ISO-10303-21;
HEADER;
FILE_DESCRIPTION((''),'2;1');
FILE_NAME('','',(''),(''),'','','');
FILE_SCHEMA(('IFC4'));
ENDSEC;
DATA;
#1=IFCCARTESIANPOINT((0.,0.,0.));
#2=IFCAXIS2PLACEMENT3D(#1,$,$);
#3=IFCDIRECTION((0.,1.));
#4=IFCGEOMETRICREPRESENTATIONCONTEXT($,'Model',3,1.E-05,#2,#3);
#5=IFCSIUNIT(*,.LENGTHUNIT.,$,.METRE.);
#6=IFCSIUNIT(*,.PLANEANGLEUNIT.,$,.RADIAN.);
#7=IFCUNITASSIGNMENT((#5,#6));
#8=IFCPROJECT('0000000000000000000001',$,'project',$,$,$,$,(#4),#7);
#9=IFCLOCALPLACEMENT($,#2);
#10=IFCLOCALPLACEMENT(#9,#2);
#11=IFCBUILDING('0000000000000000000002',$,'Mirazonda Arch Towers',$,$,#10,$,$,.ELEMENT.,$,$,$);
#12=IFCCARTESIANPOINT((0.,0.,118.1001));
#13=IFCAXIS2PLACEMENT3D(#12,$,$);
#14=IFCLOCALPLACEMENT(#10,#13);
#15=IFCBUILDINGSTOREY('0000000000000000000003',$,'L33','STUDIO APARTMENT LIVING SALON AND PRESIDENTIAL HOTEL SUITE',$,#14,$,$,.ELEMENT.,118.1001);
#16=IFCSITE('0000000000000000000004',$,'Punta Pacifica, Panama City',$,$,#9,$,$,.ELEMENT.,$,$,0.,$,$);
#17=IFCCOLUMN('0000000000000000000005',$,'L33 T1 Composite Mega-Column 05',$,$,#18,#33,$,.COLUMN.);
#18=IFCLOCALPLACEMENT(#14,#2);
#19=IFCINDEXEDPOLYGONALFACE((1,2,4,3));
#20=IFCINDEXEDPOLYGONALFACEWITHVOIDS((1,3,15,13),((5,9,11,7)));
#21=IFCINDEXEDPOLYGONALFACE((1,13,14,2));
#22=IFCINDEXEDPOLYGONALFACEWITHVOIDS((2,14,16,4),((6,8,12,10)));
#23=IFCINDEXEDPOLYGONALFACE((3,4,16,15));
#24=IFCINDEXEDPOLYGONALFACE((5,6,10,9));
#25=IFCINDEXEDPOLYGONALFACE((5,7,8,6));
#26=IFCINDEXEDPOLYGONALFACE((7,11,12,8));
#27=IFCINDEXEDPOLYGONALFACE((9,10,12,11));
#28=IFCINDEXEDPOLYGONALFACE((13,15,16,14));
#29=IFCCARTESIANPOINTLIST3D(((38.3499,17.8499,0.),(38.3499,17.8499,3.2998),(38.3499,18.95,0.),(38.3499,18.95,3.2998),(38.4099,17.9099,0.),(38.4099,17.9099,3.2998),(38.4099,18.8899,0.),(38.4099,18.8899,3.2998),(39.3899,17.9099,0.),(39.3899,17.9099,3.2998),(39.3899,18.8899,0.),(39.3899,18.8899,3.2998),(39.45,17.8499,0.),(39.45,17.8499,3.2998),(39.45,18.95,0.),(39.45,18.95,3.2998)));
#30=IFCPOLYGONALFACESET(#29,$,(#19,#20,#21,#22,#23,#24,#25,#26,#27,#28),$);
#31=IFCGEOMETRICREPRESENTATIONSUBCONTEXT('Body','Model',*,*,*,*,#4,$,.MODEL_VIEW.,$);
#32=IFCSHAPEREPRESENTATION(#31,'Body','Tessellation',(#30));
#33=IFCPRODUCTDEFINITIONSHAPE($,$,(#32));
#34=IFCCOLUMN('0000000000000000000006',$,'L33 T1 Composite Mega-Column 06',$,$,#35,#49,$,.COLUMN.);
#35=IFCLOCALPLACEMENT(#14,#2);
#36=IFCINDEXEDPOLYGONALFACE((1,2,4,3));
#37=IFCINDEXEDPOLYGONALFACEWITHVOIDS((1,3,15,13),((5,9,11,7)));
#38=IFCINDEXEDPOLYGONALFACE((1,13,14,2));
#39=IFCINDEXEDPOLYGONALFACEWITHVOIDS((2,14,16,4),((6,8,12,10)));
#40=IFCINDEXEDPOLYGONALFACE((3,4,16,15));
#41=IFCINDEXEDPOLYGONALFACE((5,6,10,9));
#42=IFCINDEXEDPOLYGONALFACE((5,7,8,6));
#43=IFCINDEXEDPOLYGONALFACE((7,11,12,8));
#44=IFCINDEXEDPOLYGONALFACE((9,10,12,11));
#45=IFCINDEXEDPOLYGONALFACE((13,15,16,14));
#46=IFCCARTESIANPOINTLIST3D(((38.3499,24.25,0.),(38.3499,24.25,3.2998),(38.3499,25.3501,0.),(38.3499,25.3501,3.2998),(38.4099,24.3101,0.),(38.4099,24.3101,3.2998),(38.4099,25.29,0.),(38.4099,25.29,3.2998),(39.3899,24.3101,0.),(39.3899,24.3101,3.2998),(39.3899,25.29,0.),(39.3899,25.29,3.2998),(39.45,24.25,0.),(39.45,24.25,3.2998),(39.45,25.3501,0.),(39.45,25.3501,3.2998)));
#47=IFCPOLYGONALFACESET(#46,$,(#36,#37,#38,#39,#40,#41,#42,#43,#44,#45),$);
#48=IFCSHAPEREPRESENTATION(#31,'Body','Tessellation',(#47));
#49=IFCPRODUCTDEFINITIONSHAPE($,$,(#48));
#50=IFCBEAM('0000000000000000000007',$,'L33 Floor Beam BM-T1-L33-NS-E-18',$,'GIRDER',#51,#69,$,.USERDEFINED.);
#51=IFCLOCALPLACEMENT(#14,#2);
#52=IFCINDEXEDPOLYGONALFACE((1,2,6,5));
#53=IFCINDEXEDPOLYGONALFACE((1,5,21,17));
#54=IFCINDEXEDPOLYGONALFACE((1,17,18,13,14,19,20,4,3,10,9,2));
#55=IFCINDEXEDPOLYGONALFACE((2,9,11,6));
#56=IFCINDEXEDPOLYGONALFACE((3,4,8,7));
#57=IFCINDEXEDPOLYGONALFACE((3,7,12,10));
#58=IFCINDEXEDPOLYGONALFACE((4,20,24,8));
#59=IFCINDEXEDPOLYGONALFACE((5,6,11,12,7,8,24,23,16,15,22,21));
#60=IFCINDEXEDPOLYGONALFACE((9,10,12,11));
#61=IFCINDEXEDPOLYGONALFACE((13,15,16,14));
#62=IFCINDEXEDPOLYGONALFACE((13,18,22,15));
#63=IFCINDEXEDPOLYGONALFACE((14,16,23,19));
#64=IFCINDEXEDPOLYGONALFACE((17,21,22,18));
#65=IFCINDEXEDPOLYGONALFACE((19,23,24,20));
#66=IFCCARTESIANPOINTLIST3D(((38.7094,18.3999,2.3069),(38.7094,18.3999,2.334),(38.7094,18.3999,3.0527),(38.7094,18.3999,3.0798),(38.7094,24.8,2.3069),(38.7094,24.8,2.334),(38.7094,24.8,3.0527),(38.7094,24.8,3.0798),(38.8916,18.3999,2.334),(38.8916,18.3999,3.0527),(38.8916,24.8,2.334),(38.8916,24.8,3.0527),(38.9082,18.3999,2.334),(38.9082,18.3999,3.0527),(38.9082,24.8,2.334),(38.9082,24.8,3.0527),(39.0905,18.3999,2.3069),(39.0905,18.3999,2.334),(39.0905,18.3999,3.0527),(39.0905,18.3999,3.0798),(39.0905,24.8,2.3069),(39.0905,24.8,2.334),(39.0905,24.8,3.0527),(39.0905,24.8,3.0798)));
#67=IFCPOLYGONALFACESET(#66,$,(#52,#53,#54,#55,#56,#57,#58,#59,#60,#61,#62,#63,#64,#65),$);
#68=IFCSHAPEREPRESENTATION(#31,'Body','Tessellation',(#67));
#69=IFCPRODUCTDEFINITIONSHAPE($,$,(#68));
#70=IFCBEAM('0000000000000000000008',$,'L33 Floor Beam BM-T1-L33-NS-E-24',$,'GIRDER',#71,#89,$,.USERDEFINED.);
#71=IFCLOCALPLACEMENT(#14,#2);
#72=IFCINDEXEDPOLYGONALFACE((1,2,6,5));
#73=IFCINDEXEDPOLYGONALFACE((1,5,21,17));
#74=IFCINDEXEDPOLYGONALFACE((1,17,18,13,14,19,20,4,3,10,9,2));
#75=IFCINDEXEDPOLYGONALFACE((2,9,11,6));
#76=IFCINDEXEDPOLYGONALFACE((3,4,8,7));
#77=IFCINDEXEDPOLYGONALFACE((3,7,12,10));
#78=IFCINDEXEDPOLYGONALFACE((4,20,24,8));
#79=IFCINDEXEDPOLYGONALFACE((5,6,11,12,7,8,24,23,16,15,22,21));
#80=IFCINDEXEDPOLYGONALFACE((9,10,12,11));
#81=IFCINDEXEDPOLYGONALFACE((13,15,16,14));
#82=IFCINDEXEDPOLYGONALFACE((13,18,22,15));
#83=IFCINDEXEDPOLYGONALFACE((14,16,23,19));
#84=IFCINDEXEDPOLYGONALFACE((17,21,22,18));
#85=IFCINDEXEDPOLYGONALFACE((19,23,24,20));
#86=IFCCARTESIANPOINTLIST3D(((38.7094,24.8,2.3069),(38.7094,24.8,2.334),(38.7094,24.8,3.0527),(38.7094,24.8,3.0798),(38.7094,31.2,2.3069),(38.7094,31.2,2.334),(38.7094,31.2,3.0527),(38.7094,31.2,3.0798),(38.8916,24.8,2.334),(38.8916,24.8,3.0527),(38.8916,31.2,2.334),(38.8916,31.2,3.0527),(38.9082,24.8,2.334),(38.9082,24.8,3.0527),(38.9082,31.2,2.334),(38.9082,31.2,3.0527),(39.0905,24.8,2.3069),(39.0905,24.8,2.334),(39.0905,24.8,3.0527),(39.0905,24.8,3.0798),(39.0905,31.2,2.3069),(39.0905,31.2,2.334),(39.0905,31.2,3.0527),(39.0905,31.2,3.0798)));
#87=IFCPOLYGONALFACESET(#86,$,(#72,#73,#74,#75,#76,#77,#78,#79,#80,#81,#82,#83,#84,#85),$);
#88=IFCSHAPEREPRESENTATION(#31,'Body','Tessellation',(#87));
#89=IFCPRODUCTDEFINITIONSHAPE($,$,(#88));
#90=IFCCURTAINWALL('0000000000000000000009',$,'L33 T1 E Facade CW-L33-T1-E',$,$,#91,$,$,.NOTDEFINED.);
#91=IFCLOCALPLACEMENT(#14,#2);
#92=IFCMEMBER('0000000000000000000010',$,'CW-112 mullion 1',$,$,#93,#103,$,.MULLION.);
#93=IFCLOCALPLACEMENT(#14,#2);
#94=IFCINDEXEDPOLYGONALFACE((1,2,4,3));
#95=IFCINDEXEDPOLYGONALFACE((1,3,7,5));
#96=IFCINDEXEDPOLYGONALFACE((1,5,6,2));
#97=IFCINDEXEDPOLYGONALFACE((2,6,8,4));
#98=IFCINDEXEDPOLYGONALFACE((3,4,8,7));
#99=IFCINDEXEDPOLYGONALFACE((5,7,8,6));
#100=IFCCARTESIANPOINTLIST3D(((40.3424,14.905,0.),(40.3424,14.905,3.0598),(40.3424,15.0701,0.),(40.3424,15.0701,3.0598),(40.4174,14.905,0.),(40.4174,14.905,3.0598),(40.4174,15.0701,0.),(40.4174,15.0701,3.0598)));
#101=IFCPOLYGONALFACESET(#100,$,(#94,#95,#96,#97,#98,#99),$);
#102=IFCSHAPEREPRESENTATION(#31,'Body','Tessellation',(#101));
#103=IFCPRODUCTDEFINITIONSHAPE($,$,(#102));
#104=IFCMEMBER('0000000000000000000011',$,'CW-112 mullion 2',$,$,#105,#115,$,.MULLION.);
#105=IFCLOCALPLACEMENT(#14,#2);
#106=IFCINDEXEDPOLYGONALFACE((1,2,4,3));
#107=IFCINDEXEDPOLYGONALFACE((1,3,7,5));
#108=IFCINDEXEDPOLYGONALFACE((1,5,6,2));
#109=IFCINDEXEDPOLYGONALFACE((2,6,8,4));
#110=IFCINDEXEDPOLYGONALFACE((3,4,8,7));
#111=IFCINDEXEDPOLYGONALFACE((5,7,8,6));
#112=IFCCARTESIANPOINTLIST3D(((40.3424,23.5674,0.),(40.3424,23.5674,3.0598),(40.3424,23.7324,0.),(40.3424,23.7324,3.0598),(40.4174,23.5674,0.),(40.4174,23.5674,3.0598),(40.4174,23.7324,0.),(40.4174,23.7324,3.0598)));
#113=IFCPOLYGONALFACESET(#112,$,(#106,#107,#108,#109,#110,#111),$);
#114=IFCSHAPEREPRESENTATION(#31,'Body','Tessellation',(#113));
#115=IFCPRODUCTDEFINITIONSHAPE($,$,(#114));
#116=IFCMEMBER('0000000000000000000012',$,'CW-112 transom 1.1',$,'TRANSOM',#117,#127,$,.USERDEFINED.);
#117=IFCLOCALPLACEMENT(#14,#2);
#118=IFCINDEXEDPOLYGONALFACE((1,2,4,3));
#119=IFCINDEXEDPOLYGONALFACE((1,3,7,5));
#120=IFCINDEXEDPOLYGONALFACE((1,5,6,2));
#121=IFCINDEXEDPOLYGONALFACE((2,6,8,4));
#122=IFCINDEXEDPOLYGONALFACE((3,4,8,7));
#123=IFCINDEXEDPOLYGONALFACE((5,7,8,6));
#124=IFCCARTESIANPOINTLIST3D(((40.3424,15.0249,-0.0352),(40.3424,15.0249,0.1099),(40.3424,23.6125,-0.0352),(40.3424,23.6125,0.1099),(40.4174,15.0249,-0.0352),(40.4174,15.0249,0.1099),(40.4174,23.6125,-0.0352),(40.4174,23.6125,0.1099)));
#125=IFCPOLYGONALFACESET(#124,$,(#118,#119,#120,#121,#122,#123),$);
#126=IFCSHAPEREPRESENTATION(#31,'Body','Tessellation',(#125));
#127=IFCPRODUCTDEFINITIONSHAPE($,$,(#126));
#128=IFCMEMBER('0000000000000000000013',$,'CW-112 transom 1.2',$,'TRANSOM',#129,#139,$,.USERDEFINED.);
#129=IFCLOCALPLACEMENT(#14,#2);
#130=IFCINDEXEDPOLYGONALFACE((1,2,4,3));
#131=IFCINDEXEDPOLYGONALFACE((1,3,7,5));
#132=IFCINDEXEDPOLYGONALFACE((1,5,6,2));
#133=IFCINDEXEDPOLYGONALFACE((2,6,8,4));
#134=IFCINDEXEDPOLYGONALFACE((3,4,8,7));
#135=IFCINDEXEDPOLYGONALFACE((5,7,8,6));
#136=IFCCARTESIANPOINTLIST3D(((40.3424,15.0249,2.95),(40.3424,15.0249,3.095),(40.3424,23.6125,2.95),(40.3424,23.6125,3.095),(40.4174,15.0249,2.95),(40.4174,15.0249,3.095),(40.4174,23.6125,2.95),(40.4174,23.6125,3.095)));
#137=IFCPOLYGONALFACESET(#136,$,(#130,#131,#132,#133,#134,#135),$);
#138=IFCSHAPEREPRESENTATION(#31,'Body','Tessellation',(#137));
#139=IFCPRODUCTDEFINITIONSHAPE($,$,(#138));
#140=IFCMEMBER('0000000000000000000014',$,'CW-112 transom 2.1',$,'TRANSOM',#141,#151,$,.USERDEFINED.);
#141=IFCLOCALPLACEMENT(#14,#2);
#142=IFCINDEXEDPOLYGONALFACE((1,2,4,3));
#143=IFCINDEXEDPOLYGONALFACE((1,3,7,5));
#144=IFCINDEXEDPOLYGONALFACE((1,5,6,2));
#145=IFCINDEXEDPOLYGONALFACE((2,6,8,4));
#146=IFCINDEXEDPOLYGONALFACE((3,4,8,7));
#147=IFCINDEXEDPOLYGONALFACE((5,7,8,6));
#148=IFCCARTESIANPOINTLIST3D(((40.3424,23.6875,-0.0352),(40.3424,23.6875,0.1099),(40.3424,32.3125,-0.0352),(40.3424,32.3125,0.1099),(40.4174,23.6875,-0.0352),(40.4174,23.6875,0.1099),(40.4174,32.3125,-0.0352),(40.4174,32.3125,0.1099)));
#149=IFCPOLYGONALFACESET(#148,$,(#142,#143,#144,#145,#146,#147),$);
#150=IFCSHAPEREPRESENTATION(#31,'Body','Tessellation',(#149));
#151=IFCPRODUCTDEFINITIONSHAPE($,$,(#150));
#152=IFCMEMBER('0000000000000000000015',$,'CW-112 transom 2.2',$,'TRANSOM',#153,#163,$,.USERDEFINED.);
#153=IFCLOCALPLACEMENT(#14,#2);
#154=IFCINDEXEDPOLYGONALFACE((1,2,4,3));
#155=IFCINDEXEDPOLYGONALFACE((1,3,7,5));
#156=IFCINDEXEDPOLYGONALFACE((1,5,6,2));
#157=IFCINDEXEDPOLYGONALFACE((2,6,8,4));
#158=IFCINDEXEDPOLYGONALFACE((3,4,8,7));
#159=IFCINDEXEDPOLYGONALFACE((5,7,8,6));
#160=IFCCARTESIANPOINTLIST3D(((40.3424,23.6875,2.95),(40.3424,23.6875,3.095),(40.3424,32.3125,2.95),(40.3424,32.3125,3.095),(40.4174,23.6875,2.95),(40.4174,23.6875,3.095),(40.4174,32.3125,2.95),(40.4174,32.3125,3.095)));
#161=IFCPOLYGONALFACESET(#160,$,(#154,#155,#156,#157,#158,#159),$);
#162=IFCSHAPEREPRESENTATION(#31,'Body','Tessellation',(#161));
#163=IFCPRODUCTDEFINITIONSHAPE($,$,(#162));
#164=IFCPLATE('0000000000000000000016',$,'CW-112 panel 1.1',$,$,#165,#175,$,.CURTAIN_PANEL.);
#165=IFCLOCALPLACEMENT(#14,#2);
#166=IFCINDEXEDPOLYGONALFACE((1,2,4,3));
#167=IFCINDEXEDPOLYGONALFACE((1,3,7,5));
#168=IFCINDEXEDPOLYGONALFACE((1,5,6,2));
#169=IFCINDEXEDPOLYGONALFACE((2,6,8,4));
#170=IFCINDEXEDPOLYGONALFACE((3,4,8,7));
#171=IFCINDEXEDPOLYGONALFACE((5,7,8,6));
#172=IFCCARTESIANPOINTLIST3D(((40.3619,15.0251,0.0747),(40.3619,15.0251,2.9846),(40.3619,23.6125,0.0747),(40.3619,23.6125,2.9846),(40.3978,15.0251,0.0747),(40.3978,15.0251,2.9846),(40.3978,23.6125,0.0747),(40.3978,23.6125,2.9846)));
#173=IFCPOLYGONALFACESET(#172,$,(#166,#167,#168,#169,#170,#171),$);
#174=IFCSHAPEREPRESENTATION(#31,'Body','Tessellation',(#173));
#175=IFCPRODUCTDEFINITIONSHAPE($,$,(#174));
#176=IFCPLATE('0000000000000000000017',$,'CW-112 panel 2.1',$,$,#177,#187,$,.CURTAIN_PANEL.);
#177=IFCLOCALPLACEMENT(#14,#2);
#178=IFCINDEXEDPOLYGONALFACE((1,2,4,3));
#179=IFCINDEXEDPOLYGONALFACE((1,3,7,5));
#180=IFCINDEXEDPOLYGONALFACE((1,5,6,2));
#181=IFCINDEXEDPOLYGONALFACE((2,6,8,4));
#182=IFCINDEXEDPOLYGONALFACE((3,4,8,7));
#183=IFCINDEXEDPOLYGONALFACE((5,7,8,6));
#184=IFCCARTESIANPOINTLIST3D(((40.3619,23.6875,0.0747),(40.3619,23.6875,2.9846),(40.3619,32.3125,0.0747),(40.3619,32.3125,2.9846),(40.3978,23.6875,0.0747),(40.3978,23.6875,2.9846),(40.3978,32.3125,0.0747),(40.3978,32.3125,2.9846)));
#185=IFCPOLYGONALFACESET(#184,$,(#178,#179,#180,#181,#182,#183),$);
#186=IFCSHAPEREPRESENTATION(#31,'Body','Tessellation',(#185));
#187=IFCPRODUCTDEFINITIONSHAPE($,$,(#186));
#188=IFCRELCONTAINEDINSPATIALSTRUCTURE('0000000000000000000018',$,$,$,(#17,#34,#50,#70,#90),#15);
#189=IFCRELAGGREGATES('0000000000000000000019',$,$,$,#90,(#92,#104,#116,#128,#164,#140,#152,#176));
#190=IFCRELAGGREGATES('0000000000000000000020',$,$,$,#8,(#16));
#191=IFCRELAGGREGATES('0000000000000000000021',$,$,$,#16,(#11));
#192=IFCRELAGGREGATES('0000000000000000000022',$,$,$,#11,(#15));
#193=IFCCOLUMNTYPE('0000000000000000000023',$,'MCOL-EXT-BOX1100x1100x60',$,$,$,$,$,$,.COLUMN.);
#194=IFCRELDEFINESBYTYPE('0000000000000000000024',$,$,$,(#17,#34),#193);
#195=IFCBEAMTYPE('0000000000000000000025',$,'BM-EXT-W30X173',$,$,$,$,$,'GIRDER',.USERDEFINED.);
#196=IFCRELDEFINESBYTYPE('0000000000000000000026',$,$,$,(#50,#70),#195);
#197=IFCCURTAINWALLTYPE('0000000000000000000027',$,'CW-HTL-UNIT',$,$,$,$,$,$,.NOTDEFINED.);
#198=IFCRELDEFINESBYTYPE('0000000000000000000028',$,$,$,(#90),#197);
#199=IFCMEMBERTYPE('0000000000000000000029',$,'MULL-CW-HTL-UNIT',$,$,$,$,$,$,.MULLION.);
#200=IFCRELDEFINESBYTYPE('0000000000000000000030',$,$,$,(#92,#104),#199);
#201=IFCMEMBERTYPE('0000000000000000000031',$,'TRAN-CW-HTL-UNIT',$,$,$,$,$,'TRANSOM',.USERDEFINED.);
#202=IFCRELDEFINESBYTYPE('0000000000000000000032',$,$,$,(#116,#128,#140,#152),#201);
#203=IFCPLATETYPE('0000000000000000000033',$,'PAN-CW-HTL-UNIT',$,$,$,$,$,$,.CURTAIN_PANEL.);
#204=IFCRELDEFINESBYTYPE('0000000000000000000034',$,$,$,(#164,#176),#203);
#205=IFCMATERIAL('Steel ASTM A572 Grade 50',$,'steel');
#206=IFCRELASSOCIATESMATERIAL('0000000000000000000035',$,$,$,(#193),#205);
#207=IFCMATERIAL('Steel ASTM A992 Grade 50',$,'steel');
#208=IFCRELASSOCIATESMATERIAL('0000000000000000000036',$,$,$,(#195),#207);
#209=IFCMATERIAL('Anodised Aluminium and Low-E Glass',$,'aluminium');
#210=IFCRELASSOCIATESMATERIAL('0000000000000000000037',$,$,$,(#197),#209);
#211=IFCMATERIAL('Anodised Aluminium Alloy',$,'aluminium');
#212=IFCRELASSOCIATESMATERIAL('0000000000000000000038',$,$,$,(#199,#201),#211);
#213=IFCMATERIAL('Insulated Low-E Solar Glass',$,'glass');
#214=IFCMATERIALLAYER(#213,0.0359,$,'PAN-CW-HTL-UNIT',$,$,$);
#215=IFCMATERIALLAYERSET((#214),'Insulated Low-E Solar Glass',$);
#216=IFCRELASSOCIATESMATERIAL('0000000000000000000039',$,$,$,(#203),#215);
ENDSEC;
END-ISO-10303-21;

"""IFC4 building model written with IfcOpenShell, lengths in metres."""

from ifc_helpers import new_model, si_unit, direction, frame, origin, origin_2d, place, context, subcontext, project, spatial, rectangle, hollow_rectangle, i_section, extrude, material, layer, layer_set, material_profile, profile_set, type_object, element, aggregate, save


model = new_model("IFC4")

# Units and contexts
model_context = context("Model", 3, precision=1e-05, world=origin(), true_north=direction((0.0, 1.0)))
body_context = subcontext(model_context, "Body", "Model", "MODEL_VIEW")
ifc_project = project(units=[si_unit("LENGTHUNIT", "METRE"), si_unit("PLANEANGLEUNIT", "RADIAN")], contexts=[model_context])

# Site, building, storey
site_placement = place(None, origin())
site = spatial("IfcSite", under=ifc_project, at=site_placement, Name="Punta Pacifica, Panama City", CompositionType="ELEMENT", RefElevation=0.0)
building_placement = place(site_placement, origin())
building = spatial("IfcBuilding", under=site, at=building_placement, Name="Mirazonda Arch Towers", CompositionType="ELEMENT")
storey_placement = place(building_placement, frame((0.0, 0.0, 118.1001)))
storey = spatial("IfcBuildingStorey", under=building, at=storey_placement, Name="L33", Description="STUDIO APARTMENT LIVING SALON AND PRESIDENTIAL HOTEL SUITE", CompositionType="ELEMENT", Elevation=118.1001)

# Columns
ifc_material_1 = material(Name="Steel ASTM A572 Grade 50", Category="steel")
ifc_material_profile_1 = material_profile(ifc_material_1, hollow_rectangle(XDim=1.1001, YDim=1.1001, WallThickness=0.0601, at=origin_2d()), Name="BOX1100x1100x60")
ifc_profile_set_1 = profile_set([ifc_material_profile_1], Name="Steel ASTM A572 Grade 50")
column_type = type_object("IfcColumnType", Name="MCOL-EXT-BOX1100x1100x60", PredefinedType="COLUMN", material=ifc_profile_set_1)
for number, where, z_axis, x_axis, name in (
    (1, (38.8999, 18.3999, 0.0), (0.0, 0.0, 1.0), (1.0, 0.0, 0.0), "L33 T1 Composite Mega-Column 05"),
    (2, (38.8999, 24.8, 0.0), (0.0, 0.0, 1.0), (1.0, 0.0, 0.0), "L33 T1 Composite Mega-Column 06"),
):
    element("IfcColumn", number, at=place(storey_placement, frame(where, z_axis=z_axis, x_axis=x_axis)), inside=storey, type_object=column_type, Name=name, PredefinedType="COLUMN", context=body_context, shape_type="SweptSolid", body=[
        extrude(hollow_rectangle(XDim=1.1001, YDim=1.1001, WallThickness=0.0601, at=origin_2d()), origin(), (0.0, 0.0, 1.0), 3.2998),
    ])

# Beams
ifc_material_2 = material(Name="Steel ASTM A992 Grade 50", Category="steel")
ifc_material_profile_2 = material_profile(ifc_material_2, i_section(OverallWidth=0.3811, OverallDepth=0.7729, WebThickness=0.0166, FlangeThickness=0.0271, at=origin_2d()), Name="W30X173")
ifc_profile_set_2 = profile_set([ifc_material_profile_2], Name="Steel ASTM A992 Grade 50")
beam_type = type_object("IfcBeamType", Name="BM-EXT-W30X173", ElementType="GIRDER", PredefinedType="USERDEFINED", material=ifc_profile_set_2)
beam_1_placement = place(storey_placement, frame((38.8999, 18.3999, 2.6934), z_axis=(0.0, 1.0, 0.0), x_axis=(-1.0, 0.0, 0.0)))
element("IfcBeam", 3, at=beam_1_placement, inside=storey, type_object=beam_type, Name="L33 Floor Beam BM-T1-L33-NS-E-18", ObjectType="GIRDER", PredefinedType="USERDEFINED", context=body_context, shape_type="SweptSolid", body=[
    extrude(i_section(OverallWidth=0.3811, OverallDepth=0.7729, WebThickness=0.0166, FlangeThickness=0.0271, at=origin_2d()), origin(), (0.0, 0.0, 1.0), 6.4001),
])
beam_2_placement = place(storey_placement, frame((38.8999, 24.8, 2.6934), z_axis=(0.0, 1.0, 0.0), x_axis=(-1.0, 0.0, 0.0)))
element("IfcBeam", 4, at=beam_2_placement, inside=storey, type_object=beam_type, Name="L33 Floor Beam BM-T1-L33-NS-E-24", ObjectType="GIRDER", PredefinedType="USERDEFINED", context=body_context, shape_type="SweptSolid", body=[
    extrude(i_section(OverallWidth=0.3811, OverallDepth=0.7729, WebThickness=0.0166, FlangeThickness=0.0271, at=origin_2d()), origin(), (0.0, 0.0, 1.0), 6.3999),
])

# Curtain wall, members, plates
ifc_material_3 = material(Name="Anodised Aluminium and Low-E Glass", Category="aluminium")
curtain_wall_type = type_object("IfcCurtainWallType", Name="CW-HTL-UNIT", PredefinedType="NOTDEFINED", material=ifc_material_3)
curtain_wall_placement = place(storey_placement, origin())
curtain_wall = element("IfcCurtainWall", 5, at=curtain_wall_placement, inside=storey, type_object=curtain_wall_type, Name="L33 T1 E Facade CW-L33-T1-E", PredefinedType="NOTDEFINED")
ifc_material_4 = material(Name="Anodised Aluminium Alloy", Category="aluminium")
ifc_material_profile_3 = material_profile(ifc_material_4, rectangle(XDim=0.075, YDim=0.165, at=origin_2d()), Name="ALU-MULL-75x165")
ifc_profile_set_3 = profile_set([ifc_material_profile_3], Name="Anodised Aluminium Alloy")
member_type_1 = type_object("IfcMemberType", Name="MULL-CW-HTL-UNIT", PredefinedType="MULLION", material=ifc_profile_set_3)
member_1_placement = place(storey_placement, frame((40.3799, 14.9875, 0.0), z_axis=(0.0, 0.0, 1.0), x_axis=(-1.0, 0.0, 0.0)))
member_1 = element("IfcMember", 6, at=member_1_placement, type_object=member_type_1, Name="CW-112 mullion 1", PredefinedType="MULLION", context=body_context, shape_type="SweptSolid", body=[
    extrude(rectangle(XDim=0.075, YDim=0.165, at=origin_2d()), origin(), (0.0, 0.0, 1.0), 3.0598),
])
member_2_placement = place(storey_placement, frame((40.3799, 23.6499, 0.0), z_axis=(0.0, 0.0, 1.0), x_axis=(-1.0, 0.0, 0.0)))
member_2 = element("IfcMember", 7, at=member_2_placement, type_object=member_type_1, Name="CW-112 mullion 2", PredefinedType="MULLION", context=body_context, shape_type="SweptSolid", body=[
    extrude(rectangle(XDim=0.075, YDim=0.165, at=origin_2d()), origin(), (0.0, 0.0, 1.0), 3.0598),
])
ifc_material_profile_4 = material_profile(ifc_material_4, rectangle(XDim=0.075, YDim=0.145, at=origin_2d()), Name="ALU-TRAN-75x145")
ifc_profile_set_4 = profile_set([ifc_material_profile_4], Name="Anodised Aluminium Alloy")
member_type_2 = type_object("IfcMemberType", Name="TRAN-CW-HTL-UNIT", ElementType="TRANSOM", PredefinedType="USERDEFINED", material=ifc_profile_set_4)
member_3_placement = place(storey_placement, frame((40.3799, 15.0249, 0.0374), z_axis=(0.0, 1.0, 0.0), x_axis=(-1.0, 0.0, 0.0)))
member_3 = element("IfcMember", 8, at=member_3_placement, type_object=member_type_2, Name="CW-112 transom 1.1", ObjectType="TRANSOM", PredefinedType="USERDEFINED", context=body_context, shape_type="SweptSolid", body=[
    extrude(rectangle(XDim=0.075, YDim=0.145, at=origin_2d()), origin(), (0.0, 0.0, 1.0), 8.5876),
])
member_4_placement = place(storey_placement, frame((40.3799, 15.0249, 3.0225), z_axis=(0.0, 1.0, 0.0), x_axis=(-1.0, 0.0, 0.0)))
member_4 = element("IfcMember", 9, at=member_4_placement, type_object=member_type_2, Name="CW-112 transom 1.2", ObjectType="TRANSOM", PredefinedType="USERDEFINED", context=body_context, shape_type="SweptSolid", body=[
    extrude(rectangle(XDim=0.075, YDim=0.145, at=origin_2d()), origin(), (0.0, 0.0, 1.0), 8.5876),
])
member_5_placement = place(storey_placement, frame((40.3799, 23.6875, 0.0374), z_axis=(0.0, 1.0, 0.0), x_axis=(-1.0, 0.0, 0.0)))
member_5 = element("IfcMember", 10, at=member_5_placement, type_object=member_type_2, Name="CW-112 transom 2.1", ObjectType="TRANSOM", PredefinedType="USERDEFINED", context=body_context, shape_type="SweptSolid", body=[
    extrude(rectangle(XDim=0.075, YDim=0.145, at=origin_2d()), origin(), (0.0, 0.0, 1.0), 8.625),
])
member_6_placement = place(storey_placement, frame((40.3799, 23.6875, 3.0225), z_axis=(0.0, 1.0, 0.0), x_axis=(-1.0, 0.0, 0.0)))
member_6 = element("IfcMember", 11, at=member_6_placement, type_object=member_type_2, Name="CW-112 transom 2.2", ObjectType="TRANSOM", PredefinedType="USERDEFINED", context=body_context, shape_type="SweptSolid", body=[
    extrude(rectangle(XDim=0.075, YDim=0.145, at=origin_2d()), origin(), (0.0, 0.0, 1.0), 8.625),
])
ifc_material_5 = material(Name="Insulated Low-E Solar Glass", Category="glass")
ifc_layer_1 = layer(ifc_material_5, 0.0359, Name="PAN-CW-HTL-UNIT")
ifc_layer_set_1 = layer_set([ifc_layer_1], Name="Insulated Low-E Solar Glass")
plate_type = type_object("IfcPlateType", Name="PAN-CW-HTL-UNIT", PredefinedType="CURTAIN_PANEL", material=ifc_layer_set_1)
plate_1_placement = place(storey_placement, frame((40.3799, 19.3188, 0.0747), z_axis=(0.0, 0.0, 1.0), x_axis=(0.0, 1.0, 0.0)))
plate_1 = element("IfcPlate", 12, at=plate_1_placement, type_object=plate_type, Name="CW-112 panel 1.1", PredefinedType="CURTAIN_PANEL", context=body_context, shape_type="SweptSolid", body=[
    extrude(rectangle(XDim=8.5874, YDim=0.0359, at=origin_2d()), origin(), (0.0, 0.0, 1.0), 2.9099),
])
plate_2_placement = place(storey_placement, frame((40.3799, 28.0, 0.0747), z_axis=(0.0, 0.0, 1.0), x_axis=(0.0, 1.0, 0.0)))
plate_2 = element("IfcPlate", 13, at=plate_2_placement, type_object=plate_type, Name="CW-112 panel 2.1", PredefinedType="CURTAIN_PANEL", context=body_context, shape_type="SweptSolid", body=[
    extrude(rectangle(XDim=8.625, YDim=0.0359, at=origin_2d()), origin(), (0.0, 0.0, 1.0), 2.9099),
])
aggregate(curtain_wall, [member_1, member_2, member_3, member_4, plate_1, member_5, member_6, plate_2])

save(model, "model.ifc")
